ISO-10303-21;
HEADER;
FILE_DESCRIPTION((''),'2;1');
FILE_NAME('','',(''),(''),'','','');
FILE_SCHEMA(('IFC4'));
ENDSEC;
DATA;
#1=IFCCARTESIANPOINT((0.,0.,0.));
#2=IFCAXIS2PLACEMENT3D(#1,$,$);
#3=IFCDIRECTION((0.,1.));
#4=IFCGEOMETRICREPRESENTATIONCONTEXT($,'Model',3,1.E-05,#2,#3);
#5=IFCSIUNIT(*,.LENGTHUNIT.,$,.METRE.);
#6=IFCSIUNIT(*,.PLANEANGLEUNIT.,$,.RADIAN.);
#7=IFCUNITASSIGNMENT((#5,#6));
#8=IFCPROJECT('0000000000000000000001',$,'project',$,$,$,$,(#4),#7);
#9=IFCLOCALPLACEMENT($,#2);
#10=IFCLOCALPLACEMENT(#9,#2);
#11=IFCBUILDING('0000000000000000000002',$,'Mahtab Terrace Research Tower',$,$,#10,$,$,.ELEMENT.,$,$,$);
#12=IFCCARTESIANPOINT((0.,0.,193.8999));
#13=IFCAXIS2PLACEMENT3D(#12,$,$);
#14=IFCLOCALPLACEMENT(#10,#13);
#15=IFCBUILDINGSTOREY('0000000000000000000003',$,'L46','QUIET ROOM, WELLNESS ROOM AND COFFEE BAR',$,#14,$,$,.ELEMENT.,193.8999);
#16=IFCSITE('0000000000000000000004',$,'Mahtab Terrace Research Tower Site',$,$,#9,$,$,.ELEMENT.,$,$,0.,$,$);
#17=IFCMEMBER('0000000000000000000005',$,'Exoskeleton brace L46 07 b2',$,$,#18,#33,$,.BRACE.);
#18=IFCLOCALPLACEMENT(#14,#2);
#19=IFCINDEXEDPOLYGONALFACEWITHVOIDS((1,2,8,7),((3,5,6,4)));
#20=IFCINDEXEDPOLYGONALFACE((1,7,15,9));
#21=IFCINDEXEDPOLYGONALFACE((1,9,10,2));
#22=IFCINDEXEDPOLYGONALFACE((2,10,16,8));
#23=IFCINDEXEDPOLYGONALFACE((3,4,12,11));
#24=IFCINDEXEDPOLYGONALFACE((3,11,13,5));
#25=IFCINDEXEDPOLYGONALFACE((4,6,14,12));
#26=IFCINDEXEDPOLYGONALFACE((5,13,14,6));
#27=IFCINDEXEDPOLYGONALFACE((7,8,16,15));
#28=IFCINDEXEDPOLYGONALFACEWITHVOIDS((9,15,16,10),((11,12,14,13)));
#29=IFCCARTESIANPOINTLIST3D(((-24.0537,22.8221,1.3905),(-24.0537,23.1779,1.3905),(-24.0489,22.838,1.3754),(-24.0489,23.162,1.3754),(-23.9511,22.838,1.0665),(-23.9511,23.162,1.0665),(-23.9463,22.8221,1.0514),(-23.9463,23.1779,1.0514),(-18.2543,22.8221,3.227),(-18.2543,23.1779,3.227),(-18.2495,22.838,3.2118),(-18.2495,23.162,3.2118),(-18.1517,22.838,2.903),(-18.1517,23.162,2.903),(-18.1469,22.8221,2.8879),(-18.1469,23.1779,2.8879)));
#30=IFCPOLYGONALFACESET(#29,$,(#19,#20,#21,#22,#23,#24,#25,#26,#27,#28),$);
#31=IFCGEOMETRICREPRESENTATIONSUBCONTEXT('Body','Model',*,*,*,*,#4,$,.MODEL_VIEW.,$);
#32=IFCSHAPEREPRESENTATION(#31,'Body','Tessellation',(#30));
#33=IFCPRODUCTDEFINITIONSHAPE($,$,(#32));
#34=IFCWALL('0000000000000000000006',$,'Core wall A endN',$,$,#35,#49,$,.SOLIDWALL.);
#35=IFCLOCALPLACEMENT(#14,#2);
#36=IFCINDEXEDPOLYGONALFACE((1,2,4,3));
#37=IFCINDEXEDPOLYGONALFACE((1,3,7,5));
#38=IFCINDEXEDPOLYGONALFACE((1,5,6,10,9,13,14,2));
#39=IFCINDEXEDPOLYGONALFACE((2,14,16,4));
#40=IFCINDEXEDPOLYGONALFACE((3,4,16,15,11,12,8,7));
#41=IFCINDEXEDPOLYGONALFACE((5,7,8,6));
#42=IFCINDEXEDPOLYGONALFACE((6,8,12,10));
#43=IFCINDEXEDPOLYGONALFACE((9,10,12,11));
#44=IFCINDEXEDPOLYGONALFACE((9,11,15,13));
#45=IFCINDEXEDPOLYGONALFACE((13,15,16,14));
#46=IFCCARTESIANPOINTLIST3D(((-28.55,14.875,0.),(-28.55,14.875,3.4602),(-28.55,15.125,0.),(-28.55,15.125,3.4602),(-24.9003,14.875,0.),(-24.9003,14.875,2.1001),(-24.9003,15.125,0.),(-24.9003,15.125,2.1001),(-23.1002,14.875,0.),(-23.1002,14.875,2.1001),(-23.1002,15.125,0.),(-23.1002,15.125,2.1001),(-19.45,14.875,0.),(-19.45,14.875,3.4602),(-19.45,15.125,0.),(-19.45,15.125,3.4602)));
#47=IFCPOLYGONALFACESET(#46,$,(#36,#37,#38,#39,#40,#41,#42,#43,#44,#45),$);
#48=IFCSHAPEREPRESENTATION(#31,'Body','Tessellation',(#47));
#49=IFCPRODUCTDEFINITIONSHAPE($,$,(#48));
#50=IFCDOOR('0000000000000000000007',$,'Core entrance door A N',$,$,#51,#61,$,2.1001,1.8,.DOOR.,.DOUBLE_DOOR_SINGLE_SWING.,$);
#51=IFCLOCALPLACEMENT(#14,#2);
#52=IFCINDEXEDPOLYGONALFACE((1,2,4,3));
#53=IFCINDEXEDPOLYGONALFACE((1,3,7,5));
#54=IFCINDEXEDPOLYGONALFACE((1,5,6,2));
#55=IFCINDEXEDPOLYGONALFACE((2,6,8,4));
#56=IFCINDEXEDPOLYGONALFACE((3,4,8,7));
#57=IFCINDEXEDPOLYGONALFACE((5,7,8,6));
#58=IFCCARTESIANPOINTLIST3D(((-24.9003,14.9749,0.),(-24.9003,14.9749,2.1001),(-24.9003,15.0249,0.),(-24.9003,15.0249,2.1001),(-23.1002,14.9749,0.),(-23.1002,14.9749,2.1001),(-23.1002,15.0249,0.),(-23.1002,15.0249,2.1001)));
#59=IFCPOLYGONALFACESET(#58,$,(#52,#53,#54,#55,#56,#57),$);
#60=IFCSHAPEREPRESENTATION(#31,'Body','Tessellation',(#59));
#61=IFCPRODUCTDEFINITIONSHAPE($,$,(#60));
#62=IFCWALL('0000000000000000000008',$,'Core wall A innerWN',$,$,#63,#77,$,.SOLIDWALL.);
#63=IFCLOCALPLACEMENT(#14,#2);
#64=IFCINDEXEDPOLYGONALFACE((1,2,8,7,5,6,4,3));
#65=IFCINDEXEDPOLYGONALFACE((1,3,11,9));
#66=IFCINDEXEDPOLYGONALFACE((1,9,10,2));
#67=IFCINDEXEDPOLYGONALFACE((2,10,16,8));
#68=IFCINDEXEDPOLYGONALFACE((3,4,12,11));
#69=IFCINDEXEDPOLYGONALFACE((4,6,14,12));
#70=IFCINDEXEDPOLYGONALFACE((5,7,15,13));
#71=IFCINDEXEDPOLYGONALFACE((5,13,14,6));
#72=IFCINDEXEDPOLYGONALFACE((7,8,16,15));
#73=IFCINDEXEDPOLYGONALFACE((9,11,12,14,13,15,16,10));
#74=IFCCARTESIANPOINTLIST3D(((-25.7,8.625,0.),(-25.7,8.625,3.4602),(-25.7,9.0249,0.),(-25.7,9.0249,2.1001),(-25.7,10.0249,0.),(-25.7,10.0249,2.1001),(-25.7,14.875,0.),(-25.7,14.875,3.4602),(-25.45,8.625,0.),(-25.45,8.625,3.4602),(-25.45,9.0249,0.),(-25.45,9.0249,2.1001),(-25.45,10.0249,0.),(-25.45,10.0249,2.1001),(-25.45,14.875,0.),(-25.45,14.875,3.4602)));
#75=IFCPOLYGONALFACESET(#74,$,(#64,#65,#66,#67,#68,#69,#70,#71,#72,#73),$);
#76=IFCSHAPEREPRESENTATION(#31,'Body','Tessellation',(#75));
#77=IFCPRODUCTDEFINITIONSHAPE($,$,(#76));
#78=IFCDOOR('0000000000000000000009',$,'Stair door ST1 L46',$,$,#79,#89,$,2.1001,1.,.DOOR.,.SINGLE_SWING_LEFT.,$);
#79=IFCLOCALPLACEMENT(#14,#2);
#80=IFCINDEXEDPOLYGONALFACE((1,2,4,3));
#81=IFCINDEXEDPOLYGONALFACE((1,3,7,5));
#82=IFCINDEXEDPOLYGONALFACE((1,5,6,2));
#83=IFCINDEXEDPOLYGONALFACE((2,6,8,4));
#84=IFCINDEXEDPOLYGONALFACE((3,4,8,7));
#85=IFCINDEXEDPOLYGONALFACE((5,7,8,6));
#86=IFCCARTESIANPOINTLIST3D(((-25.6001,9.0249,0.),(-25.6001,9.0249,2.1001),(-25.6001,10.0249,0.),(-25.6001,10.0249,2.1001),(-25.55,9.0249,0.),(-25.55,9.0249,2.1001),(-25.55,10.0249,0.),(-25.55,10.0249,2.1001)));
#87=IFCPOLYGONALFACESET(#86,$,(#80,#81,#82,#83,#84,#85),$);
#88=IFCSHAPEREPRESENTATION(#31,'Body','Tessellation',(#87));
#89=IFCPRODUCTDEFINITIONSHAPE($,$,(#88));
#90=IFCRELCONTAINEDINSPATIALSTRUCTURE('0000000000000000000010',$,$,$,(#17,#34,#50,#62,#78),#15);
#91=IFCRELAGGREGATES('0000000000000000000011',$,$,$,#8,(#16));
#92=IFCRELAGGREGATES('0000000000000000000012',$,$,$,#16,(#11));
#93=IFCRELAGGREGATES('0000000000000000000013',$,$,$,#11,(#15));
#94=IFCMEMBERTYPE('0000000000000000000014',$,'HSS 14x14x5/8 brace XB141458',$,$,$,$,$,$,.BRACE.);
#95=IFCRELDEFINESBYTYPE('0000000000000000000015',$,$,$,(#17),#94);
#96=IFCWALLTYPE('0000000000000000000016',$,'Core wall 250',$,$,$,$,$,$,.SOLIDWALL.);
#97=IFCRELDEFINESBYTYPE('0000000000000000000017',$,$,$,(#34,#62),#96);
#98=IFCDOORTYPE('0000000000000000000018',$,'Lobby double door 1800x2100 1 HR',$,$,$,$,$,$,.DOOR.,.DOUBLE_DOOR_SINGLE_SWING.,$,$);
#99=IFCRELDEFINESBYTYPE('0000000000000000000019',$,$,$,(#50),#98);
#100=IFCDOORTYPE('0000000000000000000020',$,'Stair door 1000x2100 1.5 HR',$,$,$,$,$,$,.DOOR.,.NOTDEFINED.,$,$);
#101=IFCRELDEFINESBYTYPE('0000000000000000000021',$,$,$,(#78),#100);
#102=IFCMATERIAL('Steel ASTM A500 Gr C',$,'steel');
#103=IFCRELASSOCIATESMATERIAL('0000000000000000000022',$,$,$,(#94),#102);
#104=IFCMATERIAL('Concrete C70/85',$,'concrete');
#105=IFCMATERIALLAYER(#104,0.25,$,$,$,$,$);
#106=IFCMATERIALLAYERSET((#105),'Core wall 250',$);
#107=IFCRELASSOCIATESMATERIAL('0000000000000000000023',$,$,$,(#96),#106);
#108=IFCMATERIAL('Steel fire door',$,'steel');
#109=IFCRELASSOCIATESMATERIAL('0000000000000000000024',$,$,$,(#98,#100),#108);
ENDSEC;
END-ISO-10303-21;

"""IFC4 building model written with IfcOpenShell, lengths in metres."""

from ifc_helpers import new_model, si_unit, direction, frame, frame_2d, origin, origin_2d, place, context, subcontext, project, spatial, rectangle, hollow_rectangle, extrude, material, layer, layer_set, material_profile, profile_set, type_object, element, fill, save


model = new_model("IFC4")

# Units and contexts
model_context = context("Model", 3, precision=1e-05, world=origin(), true_north=direction((0.0, 1.0)))
body_context = subcontext(model_context, "Body", "Model", "MODEL_VIEW")
ifc_project = project(units=[si_unit("LENGTHUNIT", "METRE"), si_unit("PLANEANGLEUNIT", "RADIAN")], contexts=[model_context])

# Site, building, storey
site_placement = place(None, origin())
site = spatial("IfcSite", under=ifc_project, at=site_placement, Name="Mahtab Terrace Research Tower Site", CompositionType="ELEMENT", RefElevation=0.0)
building_placement = place(site_placement, origin())
building = spatial("IfcBuilding", under=site, at=building_placement, Name="Mahtab Terrace Research Tower", CompositionType="ELEMENT")
storey_placement = place(building_placement, frame((0.0, 0.0, 193.8999)))
storey = spatial("IfcBuildingStorey", under=building, at=storey_placement, Name="L46", Description="QUIET ROOM, WELLNESS ROOM AND COFFEE BAR", CompositionType="ELEMENT", Elevation=193.8999)

# Member
ifc_material_1 = material(Name="Steel ASTM A500 Gr C", Category="steel")
ifc_material_profile = material_profile(ifc_material_1, hollow_rectangle(XDim=0.3557, YDim=0.3557, WallThickness=0.0159, at=origin_2d()), Name="HSS14X14X5/8")
ifc_profile_set = profile_set([ifc_material_profile], Name="Steel ASTM A500 Gr C")
member_type = type_object("IfcMemberType", Name="HSS 14x14x5/8 brace XB141458", PredefinedType="BRACE", material=ifc_profile_set)
member_placement = place(storey_placement, frame((-24.0, 23.0, 1.2209), z_axis=(0.953343, 0.0, 0.301888), x_axis=(0.0, 1.0, 0.0)))
element("IfcMember", 1, at=member_placement, inside=storey, type_object=member_type, Name="Exoskeleton brace L46 07 b2", PredefinedType="BRACE", context=body_context, shape_type="SweptSolid", body=[
    extrude(hollow_rectangle(XDim=0.3557, YDim=0.3557, WallThickness=0.0159, at=origin_2d()), origin(), (0.0, 0.0, 1.0), 6.0833),
])

# Walls, openings, doors
ifc_material_2 = material(Name="Concrete C70/85", Category="concrete")
ifc_layer_1 = layer(ifc_material_2, 0.25)
ifc_layer_set_1 = layer_set([ifc_layer_1], Name="Core wall 250")
wall_type_1 = type_object("IfcWallType", Name="Core wall 250", PredefinedType="SOLIDWALL", material=ifc_layer_set_1)
wall_1_placement = place(storey_placement, frame((-28.55, 15.0, 0.0), z_axis=(0.0, 0.0, 1.0), x_axis=(1.0, 0.0, 0.0)))
wall_1 = element("IfcWall", 2, at=wall_1_placement, inside=storey, type_object=wall_type_1, Name="Core wall A endN", PredefinedType="SOLIDWALL", context=body_context, shape_type="SweptSolid", body=[
    extrude(rectangle(XDim=9.1001, YDim=0.25, at=frame_2d((4.55, 0.0))), origin(), (0.0, 0.0, 1.0), 3.4602),
])
opening_1_placement = place(wall_1_placement, frame((3.6499, 0.0, 0.0)))
opening_1 = element("IfcOpeningElement", 3, at=opening_1_placement, cuts=wall_1, PredefinedType="OPENING", context=body_context, shape_type="SweptSolid", body=[
    extrude(rectangle(XDim=1.8, YDim=2.1001, at=frame_2d((0.8999, 1.05))), frame((0.0, 0.135, 0.0), z_axis=(0.0, -1.0, 0.0), x_axis=(1.0, 0.0, 0.0)), (0.0, 0.0, 1.0), 0.27),
])
ifc_material_3 = material(Name="Steel fire door", Category="steel")
door_type_1 = type_object("IfcDoorType", Name="Lobby double door 1800x2100 1 HR", OperationType="DOUBLE_DOOR_SINGLE_SWING", PredefinedType="DOOR", material=ifc_material_3)
door_1_placement = place(opening_1_placement, origin())
door_1 = element("IfcDoor", 4, at=door_1_placement, inside=storey, type_object=door_type_1, Name="Core entrance door A N", OperationType="DOUBLE_DOOR_SINGLE_SWING", OverallHeight=2.1001, OverallWidth=1.8, PredefinedType="DOOR", context=body_context, shape_type="SweptSolid", body=[
    extrude(rectangle(XDim=1.8, YDim=2.1001, at=frame_2d((0.8999, 1.05))), frame((0.0, 0.0249, 0.0), z_axis=(0.0, -1.0, 0.0), x_axis=(1.0, 0.0, 0.0)), (0.0, 0.0, 1.0), 0.05),
])
fill(opening_1, door_1)
wall_2_placement = place(storey_placement, frame((-25.575, 14.875, 0.0), z_axis=(0.0, 0.0, 1.0), x_axis=(0.0, -1.0, 0.0)))
wall_2 = element("IfcWall", 5, at=wall_2_placement, inside=storey, type_object=wall_type_1, Name="Core wall A innerWN", PredefinedType="SOLIDWALL", context=body_context, shape_type="SweptSolid", body=[
    extrude(rectangle(XDim=6.25, YDim=0.25, at=frame_2d((3.125, 0.0))), origin(), (0.0, 0.0, 1.0), 3.4602),
])
opening_2_placement = place(wall_2_placement, frame((4.8501, 0.0, 0.0)))
opening_2 = element("IfcOpeningElement", 6, at=opening_2_placement, cuts=wall_2, PredefinedType="OPENING", context=body_context, shape_type="SweptSolid", body=[
    extrude(rectangle(XDim=1.0, YDim=2.1001, at=frame_2d((0.5, 1.05))), frame((0.0, 0.135, 0.0), z_axis=(0.0, -1.0, 0.0), x_axis=(1.0, 0.0, 0.0)), (0.0, 0.0, 1.0), 0.27),
])
door_type_2 = type_object("IfcDoorType", Name="Stair door 1000x2100 1.5 HR", OperationType="NOTDEFINED", PredefinedType="DOOR", material=ifc_material_3)
door_2_placement = place(opening_2_placement, origin())
door_2 = element("IfcDoor", 7, at=door_2_placement, inside=storey, type_object=door_type_2, Name="Stair door ST1 L46", OperationType="SINGLE_SWING_LEFT", OverallHeight=2.1001, OverallWidth=1.0, PredefinedType="DOOR", context=body_context, shape_type="SweptSolid", body=[
    extrude(rectangle(XDim=1.0, YDim=2.1001, at=frame_2d((0.5, 1.05))), frame((0.0, 0.0249, 0.0), z_axis=(0.0, -1.0, 0.0), x_axis=(1.0, 0.0, 0.0)), (0.0, 0.0, 1.0), 0.05),
])
fill(opening_2, door_2)

save(model, "model.ifc")
